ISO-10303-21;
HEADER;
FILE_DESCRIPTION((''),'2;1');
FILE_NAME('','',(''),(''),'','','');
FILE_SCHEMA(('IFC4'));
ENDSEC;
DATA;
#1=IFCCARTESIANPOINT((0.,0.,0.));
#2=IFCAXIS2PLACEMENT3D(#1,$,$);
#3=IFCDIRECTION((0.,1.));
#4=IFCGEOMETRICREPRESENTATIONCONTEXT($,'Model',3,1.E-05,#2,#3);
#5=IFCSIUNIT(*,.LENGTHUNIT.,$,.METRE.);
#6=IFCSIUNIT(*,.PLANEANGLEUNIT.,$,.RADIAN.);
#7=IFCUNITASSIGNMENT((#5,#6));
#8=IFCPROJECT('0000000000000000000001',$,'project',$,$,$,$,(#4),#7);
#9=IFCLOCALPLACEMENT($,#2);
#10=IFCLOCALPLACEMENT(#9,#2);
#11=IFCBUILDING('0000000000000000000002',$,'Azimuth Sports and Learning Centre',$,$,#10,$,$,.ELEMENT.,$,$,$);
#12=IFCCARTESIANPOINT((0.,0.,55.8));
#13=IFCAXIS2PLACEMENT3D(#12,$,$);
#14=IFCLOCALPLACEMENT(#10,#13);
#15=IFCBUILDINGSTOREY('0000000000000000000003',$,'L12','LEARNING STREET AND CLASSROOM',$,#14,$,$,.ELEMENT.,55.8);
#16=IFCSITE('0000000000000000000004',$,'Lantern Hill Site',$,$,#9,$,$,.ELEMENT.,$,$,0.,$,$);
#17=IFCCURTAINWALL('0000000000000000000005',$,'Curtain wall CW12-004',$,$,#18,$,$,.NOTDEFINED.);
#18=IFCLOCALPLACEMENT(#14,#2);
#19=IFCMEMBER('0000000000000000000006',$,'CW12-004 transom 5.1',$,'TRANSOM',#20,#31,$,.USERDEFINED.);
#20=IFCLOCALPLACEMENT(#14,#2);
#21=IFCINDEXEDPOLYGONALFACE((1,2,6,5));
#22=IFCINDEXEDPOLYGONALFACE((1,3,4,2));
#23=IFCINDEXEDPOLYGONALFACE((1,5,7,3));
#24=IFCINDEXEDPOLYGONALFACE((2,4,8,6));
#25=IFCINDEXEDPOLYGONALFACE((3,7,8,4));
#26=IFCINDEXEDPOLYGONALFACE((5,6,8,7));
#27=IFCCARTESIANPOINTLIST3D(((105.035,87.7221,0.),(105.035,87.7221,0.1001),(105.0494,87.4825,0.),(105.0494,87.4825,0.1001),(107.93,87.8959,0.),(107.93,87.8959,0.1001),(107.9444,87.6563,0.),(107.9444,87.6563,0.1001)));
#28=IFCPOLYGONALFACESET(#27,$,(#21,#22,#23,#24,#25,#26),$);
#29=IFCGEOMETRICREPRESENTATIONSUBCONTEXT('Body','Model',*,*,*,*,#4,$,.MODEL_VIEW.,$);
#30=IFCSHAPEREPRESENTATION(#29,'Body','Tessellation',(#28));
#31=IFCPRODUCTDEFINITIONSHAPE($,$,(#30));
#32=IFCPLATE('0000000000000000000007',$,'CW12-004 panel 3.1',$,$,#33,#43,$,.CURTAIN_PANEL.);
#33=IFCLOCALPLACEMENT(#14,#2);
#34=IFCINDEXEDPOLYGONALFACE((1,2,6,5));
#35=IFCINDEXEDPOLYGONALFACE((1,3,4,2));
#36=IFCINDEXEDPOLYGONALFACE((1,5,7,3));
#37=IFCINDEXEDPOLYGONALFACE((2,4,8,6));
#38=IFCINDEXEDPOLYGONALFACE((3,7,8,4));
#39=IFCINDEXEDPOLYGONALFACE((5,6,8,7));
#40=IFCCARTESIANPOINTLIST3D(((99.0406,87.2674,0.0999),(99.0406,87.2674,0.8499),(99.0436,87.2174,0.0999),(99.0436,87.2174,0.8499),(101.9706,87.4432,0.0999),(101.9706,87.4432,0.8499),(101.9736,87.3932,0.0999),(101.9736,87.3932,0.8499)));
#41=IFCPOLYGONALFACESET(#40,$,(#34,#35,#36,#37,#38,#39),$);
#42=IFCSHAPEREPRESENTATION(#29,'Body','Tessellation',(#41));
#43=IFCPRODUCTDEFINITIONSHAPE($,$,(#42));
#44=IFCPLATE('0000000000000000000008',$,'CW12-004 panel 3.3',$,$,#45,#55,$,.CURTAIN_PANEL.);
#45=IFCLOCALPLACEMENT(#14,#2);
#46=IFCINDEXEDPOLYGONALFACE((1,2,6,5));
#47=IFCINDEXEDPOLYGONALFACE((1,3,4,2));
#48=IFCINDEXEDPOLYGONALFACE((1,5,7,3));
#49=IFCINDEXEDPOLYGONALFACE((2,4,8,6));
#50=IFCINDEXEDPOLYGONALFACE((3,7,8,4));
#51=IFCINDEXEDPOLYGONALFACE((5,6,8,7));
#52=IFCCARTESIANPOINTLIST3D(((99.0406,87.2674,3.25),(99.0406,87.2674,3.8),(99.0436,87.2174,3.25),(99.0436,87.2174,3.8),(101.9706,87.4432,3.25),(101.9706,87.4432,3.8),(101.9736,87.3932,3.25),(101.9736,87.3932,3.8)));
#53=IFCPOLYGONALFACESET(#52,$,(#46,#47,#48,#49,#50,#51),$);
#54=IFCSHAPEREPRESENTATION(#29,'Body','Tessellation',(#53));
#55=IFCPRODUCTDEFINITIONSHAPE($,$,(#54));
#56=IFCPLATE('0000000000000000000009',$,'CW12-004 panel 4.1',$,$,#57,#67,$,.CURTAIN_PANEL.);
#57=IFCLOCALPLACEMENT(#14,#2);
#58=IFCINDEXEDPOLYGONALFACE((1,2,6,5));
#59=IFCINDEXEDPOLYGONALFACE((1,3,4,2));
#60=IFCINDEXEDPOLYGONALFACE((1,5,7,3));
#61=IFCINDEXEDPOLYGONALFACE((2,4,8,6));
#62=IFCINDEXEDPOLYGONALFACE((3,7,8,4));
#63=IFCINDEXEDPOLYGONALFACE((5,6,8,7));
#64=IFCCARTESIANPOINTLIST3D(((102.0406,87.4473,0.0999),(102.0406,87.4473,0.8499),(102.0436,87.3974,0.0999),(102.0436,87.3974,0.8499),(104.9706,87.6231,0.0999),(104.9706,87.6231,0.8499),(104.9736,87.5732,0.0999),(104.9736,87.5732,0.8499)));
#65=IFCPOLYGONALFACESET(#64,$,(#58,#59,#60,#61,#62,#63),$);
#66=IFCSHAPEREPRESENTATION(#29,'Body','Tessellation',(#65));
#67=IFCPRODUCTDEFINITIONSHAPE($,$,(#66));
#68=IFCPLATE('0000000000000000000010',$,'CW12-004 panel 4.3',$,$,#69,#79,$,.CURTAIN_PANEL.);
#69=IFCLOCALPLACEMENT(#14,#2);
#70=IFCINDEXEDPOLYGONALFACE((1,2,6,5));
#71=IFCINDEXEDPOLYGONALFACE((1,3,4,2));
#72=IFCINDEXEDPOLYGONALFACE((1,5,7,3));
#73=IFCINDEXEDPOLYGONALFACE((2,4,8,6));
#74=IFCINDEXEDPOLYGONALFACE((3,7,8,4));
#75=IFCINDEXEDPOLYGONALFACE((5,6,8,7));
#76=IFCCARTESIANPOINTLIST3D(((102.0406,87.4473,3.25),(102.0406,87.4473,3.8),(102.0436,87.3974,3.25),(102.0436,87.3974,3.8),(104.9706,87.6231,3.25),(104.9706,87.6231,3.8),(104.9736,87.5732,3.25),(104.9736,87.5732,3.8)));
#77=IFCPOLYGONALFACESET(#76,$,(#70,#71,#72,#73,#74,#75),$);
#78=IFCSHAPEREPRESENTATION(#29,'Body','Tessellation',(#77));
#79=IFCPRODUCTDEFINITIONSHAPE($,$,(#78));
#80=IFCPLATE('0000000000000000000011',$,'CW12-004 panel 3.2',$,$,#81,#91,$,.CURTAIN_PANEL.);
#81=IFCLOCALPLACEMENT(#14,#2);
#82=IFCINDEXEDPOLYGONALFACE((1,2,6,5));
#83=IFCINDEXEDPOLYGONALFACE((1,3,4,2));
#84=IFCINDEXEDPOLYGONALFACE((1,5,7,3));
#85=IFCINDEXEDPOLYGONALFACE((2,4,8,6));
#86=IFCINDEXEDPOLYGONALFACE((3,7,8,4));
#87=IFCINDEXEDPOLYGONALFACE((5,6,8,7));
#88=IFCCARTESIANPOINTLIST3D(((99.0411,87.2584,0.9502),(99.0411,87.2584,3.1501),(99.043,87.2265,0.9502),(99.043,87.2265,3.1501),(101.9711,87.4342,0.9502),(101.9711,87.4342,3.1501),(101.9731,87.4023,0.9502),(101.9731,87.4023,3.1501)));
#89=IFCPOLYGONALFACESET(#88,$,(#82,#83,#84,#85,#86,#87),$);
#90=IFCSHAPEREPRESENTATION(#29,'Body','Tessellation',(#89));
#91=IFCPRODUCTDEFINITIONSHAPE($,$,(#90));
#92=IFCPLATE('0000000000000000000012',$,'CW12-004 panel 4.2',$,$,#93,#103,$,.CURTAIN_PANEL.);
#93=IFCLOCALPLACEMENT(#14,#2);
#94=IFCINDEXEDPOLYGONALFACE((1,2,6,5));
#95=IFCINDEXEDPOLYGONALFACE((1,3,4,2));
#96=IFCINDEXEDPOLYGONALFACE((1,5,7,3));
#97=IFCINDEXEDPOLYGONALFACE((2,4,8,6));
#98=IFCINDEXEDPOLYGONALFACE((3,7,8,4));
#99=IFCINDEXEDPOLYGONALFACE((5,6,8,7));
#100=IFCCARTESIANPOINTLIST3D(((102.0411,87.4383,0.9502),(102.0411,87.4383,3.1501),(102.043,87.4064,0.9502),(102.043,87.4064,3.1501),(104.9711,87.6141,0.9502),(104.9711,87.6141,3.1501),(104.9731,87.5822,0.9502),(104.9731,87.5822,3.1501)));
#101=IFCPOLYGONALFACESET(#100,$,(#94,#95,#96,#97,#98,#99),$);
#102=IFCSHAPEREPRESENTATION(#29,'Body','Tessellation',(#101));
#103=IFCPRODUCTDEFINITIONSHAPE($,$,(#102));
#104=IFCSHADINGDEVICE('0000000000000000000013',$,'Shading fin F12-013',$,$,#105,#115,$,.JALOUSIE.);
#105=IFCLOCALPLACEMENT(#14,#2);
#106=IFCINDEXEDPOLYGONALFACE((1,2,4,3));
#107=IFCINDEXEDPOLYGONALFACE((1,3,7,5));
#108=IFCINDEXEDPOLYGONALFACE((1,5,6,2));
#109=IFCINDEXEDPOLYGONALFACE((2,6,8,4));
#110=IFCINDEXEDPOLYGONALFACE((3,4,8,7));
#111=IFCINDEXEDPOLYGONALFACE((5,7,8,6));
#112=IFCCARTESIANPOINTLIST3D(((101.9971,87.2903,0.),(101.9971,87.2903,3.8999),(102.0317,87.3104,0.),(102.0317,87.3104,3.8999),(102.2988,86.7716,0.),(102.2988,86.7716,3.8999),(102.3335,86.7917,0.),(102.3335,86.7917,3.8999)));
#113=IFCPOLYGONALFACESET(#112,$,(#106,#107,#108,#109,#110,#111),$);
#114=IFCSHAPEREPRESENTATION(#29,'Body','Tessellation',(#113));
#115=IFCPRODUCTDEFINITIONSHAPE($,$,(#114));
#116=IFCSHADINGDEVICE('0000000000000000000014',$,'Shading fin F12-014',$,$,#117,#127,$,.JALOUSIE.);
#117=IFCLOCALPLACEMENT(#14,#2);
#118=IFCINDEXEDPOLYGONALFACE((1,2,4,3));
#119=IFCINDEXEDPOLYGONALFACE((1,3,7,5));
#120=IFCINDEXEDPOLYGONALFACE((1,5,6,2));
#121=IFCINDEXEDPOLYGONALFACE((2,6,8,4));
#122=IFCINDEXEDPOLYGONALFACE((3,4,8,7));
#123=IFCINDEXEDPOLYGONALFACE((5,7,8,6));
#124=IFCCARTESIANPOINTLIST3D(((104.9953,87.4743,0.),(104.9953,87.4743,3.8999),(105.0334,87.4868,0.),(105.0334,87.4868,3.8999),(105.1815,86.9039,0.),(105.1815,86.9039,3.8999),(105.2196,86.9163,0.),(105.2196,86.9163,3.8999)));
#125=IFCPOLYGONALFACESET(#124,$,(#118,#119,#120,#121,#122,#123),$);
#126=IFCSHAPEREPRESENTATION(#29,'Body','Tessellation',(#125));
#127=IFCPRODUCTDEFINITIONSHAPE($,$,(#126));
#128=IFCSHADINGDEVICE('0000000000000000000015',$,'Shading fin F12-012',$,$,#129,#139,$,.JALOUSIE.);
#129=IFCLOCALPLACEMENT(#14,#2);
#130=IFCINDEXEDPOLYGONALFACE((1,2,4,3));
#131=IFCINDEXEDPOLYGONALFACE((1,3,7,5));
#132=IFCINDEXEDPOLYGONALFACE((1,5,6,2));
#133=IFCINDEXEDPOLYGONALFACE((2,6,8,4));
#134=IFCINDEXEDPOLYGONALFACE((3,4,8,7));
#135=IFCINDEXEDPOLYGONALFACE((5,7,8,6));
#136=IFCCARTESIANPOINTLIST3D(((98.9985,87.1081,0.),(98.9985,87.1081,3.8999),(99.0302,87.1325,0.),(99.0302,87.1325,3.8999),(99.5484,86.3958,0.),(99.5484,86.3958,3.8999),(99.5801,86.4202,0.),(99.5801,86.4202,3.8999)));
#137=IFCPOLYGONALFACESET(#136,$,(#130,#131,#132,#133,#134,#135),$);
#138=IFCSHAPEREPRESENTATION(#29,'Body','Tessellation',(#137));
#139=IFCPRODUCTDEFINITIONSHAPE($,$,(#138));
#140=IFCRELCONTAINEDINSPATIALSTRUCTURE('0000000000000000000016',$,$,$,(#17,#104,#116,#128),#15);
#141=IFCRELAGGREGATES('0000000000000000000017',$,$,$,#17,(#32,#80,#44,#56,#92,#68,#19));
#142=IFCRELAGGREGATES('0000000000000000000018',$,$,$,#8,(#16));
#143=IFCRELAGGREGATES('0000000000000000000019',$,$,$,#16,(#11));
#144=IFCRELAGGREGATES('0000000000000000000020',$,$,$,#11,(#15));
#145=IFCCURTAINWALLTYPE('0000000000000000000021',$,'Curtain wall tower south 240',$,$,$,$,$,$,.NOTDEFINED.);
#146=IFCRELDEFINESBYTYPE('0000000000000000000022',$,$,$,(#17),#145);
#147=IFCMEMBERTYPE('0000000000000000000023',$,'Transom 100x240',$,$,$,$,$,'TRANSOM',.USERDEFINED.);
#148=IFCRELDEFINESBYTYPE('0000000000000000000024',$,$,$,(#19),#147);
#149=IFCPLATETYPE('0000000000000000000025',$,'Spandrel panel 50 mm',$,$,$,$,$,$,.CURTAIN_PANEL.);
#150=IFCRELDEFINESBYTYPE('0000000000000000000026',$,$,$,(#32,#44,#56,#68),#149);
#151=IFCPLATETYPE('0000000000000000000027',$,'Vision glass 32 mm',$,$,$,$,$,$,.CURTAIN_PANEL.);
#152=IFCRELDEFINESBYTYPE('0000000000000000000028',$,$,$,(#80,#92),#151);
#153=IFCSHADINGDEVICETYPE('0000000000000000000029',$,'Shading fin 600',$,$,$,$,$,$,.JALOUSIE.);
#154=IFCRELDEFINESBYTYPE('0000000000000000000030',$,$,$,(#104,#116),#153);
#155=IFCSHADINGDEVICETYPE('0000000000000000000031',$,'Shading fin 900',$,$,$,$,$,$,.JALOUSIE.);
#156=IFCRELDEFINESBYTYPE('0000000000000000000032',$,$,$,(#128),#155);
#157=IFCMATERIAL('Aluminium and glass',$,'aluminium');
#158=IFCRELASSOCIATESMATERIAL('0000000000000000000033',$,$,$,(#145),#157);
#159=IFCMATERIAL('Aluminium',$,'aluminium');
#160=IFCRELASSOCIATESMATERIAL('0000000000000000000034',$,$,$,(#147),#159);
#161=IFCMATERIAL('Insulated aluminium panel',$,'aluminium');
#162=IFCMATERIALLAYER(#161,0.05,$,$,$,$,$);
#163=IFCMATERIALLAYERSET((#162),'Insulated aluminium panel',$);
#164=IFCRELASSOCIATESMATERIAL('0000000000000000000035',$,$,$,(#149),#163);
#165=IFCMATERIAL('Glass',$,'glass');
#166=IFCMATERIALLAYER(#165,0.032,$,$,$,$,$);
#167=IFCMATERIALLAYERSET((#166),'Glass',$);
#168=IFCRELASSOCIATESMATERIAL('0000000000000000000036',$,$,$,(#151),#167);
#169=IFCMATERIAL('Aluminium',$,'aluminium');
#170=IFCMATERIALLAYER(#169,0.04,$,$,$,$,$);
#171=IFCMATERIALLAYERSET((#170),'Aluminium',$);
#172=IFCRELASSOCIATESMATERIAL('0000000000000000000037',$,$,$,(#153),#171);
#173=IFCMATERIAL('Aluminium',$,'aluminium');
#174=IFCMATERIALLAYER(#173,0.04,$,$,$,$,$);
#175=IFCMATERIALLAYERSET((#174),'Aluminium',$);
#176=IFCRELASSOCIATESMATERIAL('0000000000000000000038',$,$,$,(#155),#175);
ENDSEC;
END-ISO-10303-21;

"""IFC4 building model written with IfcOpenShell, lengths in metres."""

from ifc_helpers import new_model, si_unit, direction, frame, origin, origin_2d, place, context, subcontext, project, spatial, rectangle, extrude, material, layer, layer_set, material_profile, profile_set, type_object, element, aggregate, save


model = new_model("IFC4")

# Units and contexts
model_context = context("Model", 3, precision=1e-05, world=origin(), true_north=direction((0.0, 1.0)))
body_context = subcontext(model_context, "Body", "Model", "MODEL_VIEW")
ifc_project = project(units=[si_unit("LENGTHUNIT", "METRE"), si_unit("PLANEANGLEUNIT", "RADIAN")], contexts=[model_context])

# Site, building, storey
site_placement = place(None, origin())
site = spatial("IfcSite", under=ifc_project, at=site_placement, Name="Lantern Hill Site", CompositionType="ELEMENT", RefElevation=0.0)
building_placement = place(site_placement, origin())
building = spatial("IfcBuilding", under=site, at=building_placement, Name="Azimuth Sports and Learning Centre", CompositionType="ELEMENT")
storey_placement = place(building_placement, frame((0.0, 0.0, 55.8)))
storey = spatial("IfcBuildingStorey", under=building, at=storey_placement, Name="L12", Description="LEARNING STREET AND CLASSROOM", CompositionType="ELEMENT", Elevation=55.8)

# Curtain wall, member, plates
ifc_material_1 = material(Name="Aluminium and glass", Category="aluminium")
curtain_wall_type = type_object("IfcCurtainWallType", Name="Curtain wall tower south 240", PredefinedType="NOTDEFINED", material=ifc_material_1)
curtain_wall_placement = place(storey_placement, origin())
curtain_wall = element("IfcCurtainWall", 1, at=curtain_wall_placement, inside=storey, type_object=curtain_wall_type, Name="Curtain wall CW12-004", PredefinedType="NOTDEFINED")
ifc_material_2 = material(Name="Aluminium", Category="aluminium")
ifc_material_profile_1 = material_profile(ifc_material_2, rectangle(XDim=0.24, YDim=0.1001, at=origin_2d()), Name="Transom 100x240")
ifc_profile_set_1 = profile_set([ifc_material_profile_1], Name="Aluminium")
member_type_1 = type_object("IfcMemberType", Name="Transom 100x240", ElementType="TRANSOM", PredefinedType="USERDEFINED", material=ifc_profile_set_1)
member_1_placement = place(storey_placement, frame((105.0422, 87.6023, 0.05), z_axis=(0.998202, 0.059936, 0.0), x_axis=(-0.059936, 0.998202, 0.0)))
member_1 = element("IfcMember", 2, at=member_1_placement, type_object=member_type_1, Name="CW12-004 transom 5.1", ObjectType="TRANSOM", PredefinedType="USERDEFINED", context=body_context, shape_type="SweptSolid", body=[
    extrude(rectangle(XDim=0.24, YDim=0.1001, at=origin_2d()), origin(), (0.0, 0.0, 1.0), 2.9001),
])
ifc_material_3 = material(Name="Insulated aluminium panel", Category="aluminium")
ifc_layer_1 = layer(ifc_material_3, 0.05)
ifc_layer_set_1 = layer_set([ifc_layer_1], Name="Insulated aluminium panel")
plate_type_1 = type_object("IfcPlateType", Name="Spandrel panel 50 mm", PredefinedType="CURTAIN_PANEL", material=ifc_layer_set_1)
plate_1_placement = place(storey_placement, frame((100.5071, 87.3303, 0.0999), z_axis=(0.0, 0.0, 1.0), x_axis=(0.998205, 0.059892, 0.0)))
plate_1 = element("IfcPlate", 3, at=plate_1_placement, type_object=plate_type_1, Name="CW12-004 panel 3.1", PredefinedType="CURTAIN_PANEL", context=body_context, shape_type="SweptSolid", body=[
    extrude(rectangle(XDim=2.9353, YDim=0.05, at=origin_2d()), origin(), (0.0, 0.0, 1.0), 0.75),
])
plate_2_placement = place(storey_placement, frame((100.5071, 87.3303, 3.25), z_axis=(0.0, 0.0, 1.0), x_axis=(0.998205, 0.059892, 0.0)))
plate_2 = element("IfcPlate", 4, at=plate_2_placement, type_object=plate_type_1, Name="CW12-004 panel 3.3", PredefinedType="CURTAIN_PANEL", context=body_context, shape_type="SweptSolid", body=[
    extrude(rectangle(XDim=2.9353, YDim=0.05, at=origin_2d()), origin(), (0.0, 0.0, 1.0), 0.55),
])
plate_3_placement = place(storey_placement, frame((103.5071, 87.5103, 0.0999), z_axis=(0.0, 0.0, 1.0), x_axis=(0.998205, 0.059892, 0.0)))
plate_3 = element("IfcPlate", 5, at=plate_3_placement, type_object=plate_type_1, Name="CW12-004 panel 4.1", PredefinedType="CURTAIN_PANEL", context=body_context, shape_type="SweptSolid", body=[
    extrude(rectangle(XDim=2.9353, YDim=0.05, at=origin_2d()), origin(), (0.0, 0.0, 1.0), 0.75),
])
plate_4_placement = place(storey_placement, frame((103.5071, 87.5103, 3.25), z_axis=(0.0, 0.0, 1.0), x_axis=(0.998205, 0.059892, 0.0)))
plate_4 = element("IfcPlate", 6, at=plate_4_placement, type_object=plate_type_1, Name="CW12-004 panel 4.3", PredefinedType="CURTAIN_PANEL", context=body_context, shape_type="SweptSolid", body=[
    extrude(rectangle(XDim=2.9353, YDim=0.05, at=origin_2d()), origin(), (0.0, 0.0, 1.0), 0.55),
])
ifc_material_4 = material(Name="Glass", Category="glass")
ifc_layer_2 = layer(ifc_material_4, 0.032)
ifc_layer_set_2 = layer_set([ifc_layer_2], Name="Glass")
plate_type_2 = type_object("IfcPlateType", Name="Vision glass 32 mm", PredefinedType="CURTAIN_PANEL", material=ifc_layer_set_2)
plate_5_placement = place(storey_placement, frame((100.5071, 87.3303, 0.9502), z_axis=(0.0, 0.0, 1.0), x_axis=(0.998205, 0.059892, 0.0)))
plate_5 = element("IfcPlate", 7, at=plate_5_placement, type_object=plate_type_2, Name="CW12-004 panel 3.2", PredefinedType="CURTAIN_PANEL", context=body_context, shape_type="SweptSolid", body=[
    extrude(rectangle(XDim=2.9353, YDim=0.032, at=origin_2d()), origin(), (0.0, 0.0, 1.0), 2.2),
])
plate_6_placement = place(storey_placement, frame((103.5071, 87.5103, 0.9502), z_axis=(0.0, 0.0, 1.0), x_axis=(0.998205, 0.059892, 0.0)))
plate_6 = element("IfcPlate", 8, at=plate_6_placement, type_object=plate_type_2, Name="CW12-004 panel 4.2", PredefinedType="CURTAIN_PANEL", context=body_context, shape_type="SweptSolid", body=[
    extrude(rectangle(XDim=2.9353, YDim=0.032, at=origin_2d()), origin(), (0.0, 0.0, 1.0), 2.2),
])
aggregate(curtain_wall, [plate_1, plate_5, plate_2, plate_3, plate_6, plate_4, member_1])

# Shading devices
ifc_material_5 = material(Name="Aluminium", Category="aluminium")
ifc_layer_3 = layer(ifc_material_5, 0.04)
ifc_layer_set_3 = layer_set([ifc_layer_3], Name="Aluminium")
shading_device_type_1 = type_object("IfcShadingDeviceType", Name="Shading fin 600", PredefinedType="JALOUSIE", material=ifc_layer_set_3)
for number, where, z_axis, x_axis, name in (
    (9, (102.1653, 87.041, 0.0), (0.0, 0.0, 1.0), (0.502821, -0.86439, 0.0), "Shading fin F12-013"),
    (10, (105.1074, 87.1953, 0.0), (0.0, 0.0, 1.0), (0.31028, -0.950645, 0.0), "Shading fin F12-014"),
):
    element("IfcShadingDevice", number, at=place(storey_placement, frame(where, z_axis=z_axis, x_axis=x_axis)), inside=storey, type_object=shading_device_type_1, Name=name, PredefinedType="JALOUSIE", context=body_context, shape_type="SweptSolid", body=[
        extrude(rectangle(XDim=0.6001, YDim=0.04, at=origin_2d()), origin(), (0.0, 0.0, 1.0), 3.8999),
    ])
ifc_material_6 = material(Name="Aluminium", Category="aluminium")
ifc_layer_4 = layer(ifc_material_6, 0.04)
ifc_layer_set_4 = layer_set([ifc_layer_4], Name="Aluminium")
shading_device_type_2 = type_object("IfcShadingDeviceType", Name="Shading fin 900", PredefinedType="JALOUSIE", material=ifc_layer_set_4)
shading_device_placement = place(storey_placement, frame((99.2893, 86.7642, 0.0), z_axis=(0.0, 0.0, 1.0), x_axis=(0.611135, -0.791526, 0.0)))
element("IfcShadingDevice", 11, at=shading_device_placement, inside=storey, type_object=shading_device_type_2, Name="Shading fin F12-012", PredefinedType="JALOUSIE", context=body_context, shape_type="SweptSolid", body=[
    extrude(rectangle(XDim=0.8999, YDim=0.04, at=origin_2d()), origin(), (0.0, 0.0, 1.0), 3.8999),
])

save(model, "model.ifc")
